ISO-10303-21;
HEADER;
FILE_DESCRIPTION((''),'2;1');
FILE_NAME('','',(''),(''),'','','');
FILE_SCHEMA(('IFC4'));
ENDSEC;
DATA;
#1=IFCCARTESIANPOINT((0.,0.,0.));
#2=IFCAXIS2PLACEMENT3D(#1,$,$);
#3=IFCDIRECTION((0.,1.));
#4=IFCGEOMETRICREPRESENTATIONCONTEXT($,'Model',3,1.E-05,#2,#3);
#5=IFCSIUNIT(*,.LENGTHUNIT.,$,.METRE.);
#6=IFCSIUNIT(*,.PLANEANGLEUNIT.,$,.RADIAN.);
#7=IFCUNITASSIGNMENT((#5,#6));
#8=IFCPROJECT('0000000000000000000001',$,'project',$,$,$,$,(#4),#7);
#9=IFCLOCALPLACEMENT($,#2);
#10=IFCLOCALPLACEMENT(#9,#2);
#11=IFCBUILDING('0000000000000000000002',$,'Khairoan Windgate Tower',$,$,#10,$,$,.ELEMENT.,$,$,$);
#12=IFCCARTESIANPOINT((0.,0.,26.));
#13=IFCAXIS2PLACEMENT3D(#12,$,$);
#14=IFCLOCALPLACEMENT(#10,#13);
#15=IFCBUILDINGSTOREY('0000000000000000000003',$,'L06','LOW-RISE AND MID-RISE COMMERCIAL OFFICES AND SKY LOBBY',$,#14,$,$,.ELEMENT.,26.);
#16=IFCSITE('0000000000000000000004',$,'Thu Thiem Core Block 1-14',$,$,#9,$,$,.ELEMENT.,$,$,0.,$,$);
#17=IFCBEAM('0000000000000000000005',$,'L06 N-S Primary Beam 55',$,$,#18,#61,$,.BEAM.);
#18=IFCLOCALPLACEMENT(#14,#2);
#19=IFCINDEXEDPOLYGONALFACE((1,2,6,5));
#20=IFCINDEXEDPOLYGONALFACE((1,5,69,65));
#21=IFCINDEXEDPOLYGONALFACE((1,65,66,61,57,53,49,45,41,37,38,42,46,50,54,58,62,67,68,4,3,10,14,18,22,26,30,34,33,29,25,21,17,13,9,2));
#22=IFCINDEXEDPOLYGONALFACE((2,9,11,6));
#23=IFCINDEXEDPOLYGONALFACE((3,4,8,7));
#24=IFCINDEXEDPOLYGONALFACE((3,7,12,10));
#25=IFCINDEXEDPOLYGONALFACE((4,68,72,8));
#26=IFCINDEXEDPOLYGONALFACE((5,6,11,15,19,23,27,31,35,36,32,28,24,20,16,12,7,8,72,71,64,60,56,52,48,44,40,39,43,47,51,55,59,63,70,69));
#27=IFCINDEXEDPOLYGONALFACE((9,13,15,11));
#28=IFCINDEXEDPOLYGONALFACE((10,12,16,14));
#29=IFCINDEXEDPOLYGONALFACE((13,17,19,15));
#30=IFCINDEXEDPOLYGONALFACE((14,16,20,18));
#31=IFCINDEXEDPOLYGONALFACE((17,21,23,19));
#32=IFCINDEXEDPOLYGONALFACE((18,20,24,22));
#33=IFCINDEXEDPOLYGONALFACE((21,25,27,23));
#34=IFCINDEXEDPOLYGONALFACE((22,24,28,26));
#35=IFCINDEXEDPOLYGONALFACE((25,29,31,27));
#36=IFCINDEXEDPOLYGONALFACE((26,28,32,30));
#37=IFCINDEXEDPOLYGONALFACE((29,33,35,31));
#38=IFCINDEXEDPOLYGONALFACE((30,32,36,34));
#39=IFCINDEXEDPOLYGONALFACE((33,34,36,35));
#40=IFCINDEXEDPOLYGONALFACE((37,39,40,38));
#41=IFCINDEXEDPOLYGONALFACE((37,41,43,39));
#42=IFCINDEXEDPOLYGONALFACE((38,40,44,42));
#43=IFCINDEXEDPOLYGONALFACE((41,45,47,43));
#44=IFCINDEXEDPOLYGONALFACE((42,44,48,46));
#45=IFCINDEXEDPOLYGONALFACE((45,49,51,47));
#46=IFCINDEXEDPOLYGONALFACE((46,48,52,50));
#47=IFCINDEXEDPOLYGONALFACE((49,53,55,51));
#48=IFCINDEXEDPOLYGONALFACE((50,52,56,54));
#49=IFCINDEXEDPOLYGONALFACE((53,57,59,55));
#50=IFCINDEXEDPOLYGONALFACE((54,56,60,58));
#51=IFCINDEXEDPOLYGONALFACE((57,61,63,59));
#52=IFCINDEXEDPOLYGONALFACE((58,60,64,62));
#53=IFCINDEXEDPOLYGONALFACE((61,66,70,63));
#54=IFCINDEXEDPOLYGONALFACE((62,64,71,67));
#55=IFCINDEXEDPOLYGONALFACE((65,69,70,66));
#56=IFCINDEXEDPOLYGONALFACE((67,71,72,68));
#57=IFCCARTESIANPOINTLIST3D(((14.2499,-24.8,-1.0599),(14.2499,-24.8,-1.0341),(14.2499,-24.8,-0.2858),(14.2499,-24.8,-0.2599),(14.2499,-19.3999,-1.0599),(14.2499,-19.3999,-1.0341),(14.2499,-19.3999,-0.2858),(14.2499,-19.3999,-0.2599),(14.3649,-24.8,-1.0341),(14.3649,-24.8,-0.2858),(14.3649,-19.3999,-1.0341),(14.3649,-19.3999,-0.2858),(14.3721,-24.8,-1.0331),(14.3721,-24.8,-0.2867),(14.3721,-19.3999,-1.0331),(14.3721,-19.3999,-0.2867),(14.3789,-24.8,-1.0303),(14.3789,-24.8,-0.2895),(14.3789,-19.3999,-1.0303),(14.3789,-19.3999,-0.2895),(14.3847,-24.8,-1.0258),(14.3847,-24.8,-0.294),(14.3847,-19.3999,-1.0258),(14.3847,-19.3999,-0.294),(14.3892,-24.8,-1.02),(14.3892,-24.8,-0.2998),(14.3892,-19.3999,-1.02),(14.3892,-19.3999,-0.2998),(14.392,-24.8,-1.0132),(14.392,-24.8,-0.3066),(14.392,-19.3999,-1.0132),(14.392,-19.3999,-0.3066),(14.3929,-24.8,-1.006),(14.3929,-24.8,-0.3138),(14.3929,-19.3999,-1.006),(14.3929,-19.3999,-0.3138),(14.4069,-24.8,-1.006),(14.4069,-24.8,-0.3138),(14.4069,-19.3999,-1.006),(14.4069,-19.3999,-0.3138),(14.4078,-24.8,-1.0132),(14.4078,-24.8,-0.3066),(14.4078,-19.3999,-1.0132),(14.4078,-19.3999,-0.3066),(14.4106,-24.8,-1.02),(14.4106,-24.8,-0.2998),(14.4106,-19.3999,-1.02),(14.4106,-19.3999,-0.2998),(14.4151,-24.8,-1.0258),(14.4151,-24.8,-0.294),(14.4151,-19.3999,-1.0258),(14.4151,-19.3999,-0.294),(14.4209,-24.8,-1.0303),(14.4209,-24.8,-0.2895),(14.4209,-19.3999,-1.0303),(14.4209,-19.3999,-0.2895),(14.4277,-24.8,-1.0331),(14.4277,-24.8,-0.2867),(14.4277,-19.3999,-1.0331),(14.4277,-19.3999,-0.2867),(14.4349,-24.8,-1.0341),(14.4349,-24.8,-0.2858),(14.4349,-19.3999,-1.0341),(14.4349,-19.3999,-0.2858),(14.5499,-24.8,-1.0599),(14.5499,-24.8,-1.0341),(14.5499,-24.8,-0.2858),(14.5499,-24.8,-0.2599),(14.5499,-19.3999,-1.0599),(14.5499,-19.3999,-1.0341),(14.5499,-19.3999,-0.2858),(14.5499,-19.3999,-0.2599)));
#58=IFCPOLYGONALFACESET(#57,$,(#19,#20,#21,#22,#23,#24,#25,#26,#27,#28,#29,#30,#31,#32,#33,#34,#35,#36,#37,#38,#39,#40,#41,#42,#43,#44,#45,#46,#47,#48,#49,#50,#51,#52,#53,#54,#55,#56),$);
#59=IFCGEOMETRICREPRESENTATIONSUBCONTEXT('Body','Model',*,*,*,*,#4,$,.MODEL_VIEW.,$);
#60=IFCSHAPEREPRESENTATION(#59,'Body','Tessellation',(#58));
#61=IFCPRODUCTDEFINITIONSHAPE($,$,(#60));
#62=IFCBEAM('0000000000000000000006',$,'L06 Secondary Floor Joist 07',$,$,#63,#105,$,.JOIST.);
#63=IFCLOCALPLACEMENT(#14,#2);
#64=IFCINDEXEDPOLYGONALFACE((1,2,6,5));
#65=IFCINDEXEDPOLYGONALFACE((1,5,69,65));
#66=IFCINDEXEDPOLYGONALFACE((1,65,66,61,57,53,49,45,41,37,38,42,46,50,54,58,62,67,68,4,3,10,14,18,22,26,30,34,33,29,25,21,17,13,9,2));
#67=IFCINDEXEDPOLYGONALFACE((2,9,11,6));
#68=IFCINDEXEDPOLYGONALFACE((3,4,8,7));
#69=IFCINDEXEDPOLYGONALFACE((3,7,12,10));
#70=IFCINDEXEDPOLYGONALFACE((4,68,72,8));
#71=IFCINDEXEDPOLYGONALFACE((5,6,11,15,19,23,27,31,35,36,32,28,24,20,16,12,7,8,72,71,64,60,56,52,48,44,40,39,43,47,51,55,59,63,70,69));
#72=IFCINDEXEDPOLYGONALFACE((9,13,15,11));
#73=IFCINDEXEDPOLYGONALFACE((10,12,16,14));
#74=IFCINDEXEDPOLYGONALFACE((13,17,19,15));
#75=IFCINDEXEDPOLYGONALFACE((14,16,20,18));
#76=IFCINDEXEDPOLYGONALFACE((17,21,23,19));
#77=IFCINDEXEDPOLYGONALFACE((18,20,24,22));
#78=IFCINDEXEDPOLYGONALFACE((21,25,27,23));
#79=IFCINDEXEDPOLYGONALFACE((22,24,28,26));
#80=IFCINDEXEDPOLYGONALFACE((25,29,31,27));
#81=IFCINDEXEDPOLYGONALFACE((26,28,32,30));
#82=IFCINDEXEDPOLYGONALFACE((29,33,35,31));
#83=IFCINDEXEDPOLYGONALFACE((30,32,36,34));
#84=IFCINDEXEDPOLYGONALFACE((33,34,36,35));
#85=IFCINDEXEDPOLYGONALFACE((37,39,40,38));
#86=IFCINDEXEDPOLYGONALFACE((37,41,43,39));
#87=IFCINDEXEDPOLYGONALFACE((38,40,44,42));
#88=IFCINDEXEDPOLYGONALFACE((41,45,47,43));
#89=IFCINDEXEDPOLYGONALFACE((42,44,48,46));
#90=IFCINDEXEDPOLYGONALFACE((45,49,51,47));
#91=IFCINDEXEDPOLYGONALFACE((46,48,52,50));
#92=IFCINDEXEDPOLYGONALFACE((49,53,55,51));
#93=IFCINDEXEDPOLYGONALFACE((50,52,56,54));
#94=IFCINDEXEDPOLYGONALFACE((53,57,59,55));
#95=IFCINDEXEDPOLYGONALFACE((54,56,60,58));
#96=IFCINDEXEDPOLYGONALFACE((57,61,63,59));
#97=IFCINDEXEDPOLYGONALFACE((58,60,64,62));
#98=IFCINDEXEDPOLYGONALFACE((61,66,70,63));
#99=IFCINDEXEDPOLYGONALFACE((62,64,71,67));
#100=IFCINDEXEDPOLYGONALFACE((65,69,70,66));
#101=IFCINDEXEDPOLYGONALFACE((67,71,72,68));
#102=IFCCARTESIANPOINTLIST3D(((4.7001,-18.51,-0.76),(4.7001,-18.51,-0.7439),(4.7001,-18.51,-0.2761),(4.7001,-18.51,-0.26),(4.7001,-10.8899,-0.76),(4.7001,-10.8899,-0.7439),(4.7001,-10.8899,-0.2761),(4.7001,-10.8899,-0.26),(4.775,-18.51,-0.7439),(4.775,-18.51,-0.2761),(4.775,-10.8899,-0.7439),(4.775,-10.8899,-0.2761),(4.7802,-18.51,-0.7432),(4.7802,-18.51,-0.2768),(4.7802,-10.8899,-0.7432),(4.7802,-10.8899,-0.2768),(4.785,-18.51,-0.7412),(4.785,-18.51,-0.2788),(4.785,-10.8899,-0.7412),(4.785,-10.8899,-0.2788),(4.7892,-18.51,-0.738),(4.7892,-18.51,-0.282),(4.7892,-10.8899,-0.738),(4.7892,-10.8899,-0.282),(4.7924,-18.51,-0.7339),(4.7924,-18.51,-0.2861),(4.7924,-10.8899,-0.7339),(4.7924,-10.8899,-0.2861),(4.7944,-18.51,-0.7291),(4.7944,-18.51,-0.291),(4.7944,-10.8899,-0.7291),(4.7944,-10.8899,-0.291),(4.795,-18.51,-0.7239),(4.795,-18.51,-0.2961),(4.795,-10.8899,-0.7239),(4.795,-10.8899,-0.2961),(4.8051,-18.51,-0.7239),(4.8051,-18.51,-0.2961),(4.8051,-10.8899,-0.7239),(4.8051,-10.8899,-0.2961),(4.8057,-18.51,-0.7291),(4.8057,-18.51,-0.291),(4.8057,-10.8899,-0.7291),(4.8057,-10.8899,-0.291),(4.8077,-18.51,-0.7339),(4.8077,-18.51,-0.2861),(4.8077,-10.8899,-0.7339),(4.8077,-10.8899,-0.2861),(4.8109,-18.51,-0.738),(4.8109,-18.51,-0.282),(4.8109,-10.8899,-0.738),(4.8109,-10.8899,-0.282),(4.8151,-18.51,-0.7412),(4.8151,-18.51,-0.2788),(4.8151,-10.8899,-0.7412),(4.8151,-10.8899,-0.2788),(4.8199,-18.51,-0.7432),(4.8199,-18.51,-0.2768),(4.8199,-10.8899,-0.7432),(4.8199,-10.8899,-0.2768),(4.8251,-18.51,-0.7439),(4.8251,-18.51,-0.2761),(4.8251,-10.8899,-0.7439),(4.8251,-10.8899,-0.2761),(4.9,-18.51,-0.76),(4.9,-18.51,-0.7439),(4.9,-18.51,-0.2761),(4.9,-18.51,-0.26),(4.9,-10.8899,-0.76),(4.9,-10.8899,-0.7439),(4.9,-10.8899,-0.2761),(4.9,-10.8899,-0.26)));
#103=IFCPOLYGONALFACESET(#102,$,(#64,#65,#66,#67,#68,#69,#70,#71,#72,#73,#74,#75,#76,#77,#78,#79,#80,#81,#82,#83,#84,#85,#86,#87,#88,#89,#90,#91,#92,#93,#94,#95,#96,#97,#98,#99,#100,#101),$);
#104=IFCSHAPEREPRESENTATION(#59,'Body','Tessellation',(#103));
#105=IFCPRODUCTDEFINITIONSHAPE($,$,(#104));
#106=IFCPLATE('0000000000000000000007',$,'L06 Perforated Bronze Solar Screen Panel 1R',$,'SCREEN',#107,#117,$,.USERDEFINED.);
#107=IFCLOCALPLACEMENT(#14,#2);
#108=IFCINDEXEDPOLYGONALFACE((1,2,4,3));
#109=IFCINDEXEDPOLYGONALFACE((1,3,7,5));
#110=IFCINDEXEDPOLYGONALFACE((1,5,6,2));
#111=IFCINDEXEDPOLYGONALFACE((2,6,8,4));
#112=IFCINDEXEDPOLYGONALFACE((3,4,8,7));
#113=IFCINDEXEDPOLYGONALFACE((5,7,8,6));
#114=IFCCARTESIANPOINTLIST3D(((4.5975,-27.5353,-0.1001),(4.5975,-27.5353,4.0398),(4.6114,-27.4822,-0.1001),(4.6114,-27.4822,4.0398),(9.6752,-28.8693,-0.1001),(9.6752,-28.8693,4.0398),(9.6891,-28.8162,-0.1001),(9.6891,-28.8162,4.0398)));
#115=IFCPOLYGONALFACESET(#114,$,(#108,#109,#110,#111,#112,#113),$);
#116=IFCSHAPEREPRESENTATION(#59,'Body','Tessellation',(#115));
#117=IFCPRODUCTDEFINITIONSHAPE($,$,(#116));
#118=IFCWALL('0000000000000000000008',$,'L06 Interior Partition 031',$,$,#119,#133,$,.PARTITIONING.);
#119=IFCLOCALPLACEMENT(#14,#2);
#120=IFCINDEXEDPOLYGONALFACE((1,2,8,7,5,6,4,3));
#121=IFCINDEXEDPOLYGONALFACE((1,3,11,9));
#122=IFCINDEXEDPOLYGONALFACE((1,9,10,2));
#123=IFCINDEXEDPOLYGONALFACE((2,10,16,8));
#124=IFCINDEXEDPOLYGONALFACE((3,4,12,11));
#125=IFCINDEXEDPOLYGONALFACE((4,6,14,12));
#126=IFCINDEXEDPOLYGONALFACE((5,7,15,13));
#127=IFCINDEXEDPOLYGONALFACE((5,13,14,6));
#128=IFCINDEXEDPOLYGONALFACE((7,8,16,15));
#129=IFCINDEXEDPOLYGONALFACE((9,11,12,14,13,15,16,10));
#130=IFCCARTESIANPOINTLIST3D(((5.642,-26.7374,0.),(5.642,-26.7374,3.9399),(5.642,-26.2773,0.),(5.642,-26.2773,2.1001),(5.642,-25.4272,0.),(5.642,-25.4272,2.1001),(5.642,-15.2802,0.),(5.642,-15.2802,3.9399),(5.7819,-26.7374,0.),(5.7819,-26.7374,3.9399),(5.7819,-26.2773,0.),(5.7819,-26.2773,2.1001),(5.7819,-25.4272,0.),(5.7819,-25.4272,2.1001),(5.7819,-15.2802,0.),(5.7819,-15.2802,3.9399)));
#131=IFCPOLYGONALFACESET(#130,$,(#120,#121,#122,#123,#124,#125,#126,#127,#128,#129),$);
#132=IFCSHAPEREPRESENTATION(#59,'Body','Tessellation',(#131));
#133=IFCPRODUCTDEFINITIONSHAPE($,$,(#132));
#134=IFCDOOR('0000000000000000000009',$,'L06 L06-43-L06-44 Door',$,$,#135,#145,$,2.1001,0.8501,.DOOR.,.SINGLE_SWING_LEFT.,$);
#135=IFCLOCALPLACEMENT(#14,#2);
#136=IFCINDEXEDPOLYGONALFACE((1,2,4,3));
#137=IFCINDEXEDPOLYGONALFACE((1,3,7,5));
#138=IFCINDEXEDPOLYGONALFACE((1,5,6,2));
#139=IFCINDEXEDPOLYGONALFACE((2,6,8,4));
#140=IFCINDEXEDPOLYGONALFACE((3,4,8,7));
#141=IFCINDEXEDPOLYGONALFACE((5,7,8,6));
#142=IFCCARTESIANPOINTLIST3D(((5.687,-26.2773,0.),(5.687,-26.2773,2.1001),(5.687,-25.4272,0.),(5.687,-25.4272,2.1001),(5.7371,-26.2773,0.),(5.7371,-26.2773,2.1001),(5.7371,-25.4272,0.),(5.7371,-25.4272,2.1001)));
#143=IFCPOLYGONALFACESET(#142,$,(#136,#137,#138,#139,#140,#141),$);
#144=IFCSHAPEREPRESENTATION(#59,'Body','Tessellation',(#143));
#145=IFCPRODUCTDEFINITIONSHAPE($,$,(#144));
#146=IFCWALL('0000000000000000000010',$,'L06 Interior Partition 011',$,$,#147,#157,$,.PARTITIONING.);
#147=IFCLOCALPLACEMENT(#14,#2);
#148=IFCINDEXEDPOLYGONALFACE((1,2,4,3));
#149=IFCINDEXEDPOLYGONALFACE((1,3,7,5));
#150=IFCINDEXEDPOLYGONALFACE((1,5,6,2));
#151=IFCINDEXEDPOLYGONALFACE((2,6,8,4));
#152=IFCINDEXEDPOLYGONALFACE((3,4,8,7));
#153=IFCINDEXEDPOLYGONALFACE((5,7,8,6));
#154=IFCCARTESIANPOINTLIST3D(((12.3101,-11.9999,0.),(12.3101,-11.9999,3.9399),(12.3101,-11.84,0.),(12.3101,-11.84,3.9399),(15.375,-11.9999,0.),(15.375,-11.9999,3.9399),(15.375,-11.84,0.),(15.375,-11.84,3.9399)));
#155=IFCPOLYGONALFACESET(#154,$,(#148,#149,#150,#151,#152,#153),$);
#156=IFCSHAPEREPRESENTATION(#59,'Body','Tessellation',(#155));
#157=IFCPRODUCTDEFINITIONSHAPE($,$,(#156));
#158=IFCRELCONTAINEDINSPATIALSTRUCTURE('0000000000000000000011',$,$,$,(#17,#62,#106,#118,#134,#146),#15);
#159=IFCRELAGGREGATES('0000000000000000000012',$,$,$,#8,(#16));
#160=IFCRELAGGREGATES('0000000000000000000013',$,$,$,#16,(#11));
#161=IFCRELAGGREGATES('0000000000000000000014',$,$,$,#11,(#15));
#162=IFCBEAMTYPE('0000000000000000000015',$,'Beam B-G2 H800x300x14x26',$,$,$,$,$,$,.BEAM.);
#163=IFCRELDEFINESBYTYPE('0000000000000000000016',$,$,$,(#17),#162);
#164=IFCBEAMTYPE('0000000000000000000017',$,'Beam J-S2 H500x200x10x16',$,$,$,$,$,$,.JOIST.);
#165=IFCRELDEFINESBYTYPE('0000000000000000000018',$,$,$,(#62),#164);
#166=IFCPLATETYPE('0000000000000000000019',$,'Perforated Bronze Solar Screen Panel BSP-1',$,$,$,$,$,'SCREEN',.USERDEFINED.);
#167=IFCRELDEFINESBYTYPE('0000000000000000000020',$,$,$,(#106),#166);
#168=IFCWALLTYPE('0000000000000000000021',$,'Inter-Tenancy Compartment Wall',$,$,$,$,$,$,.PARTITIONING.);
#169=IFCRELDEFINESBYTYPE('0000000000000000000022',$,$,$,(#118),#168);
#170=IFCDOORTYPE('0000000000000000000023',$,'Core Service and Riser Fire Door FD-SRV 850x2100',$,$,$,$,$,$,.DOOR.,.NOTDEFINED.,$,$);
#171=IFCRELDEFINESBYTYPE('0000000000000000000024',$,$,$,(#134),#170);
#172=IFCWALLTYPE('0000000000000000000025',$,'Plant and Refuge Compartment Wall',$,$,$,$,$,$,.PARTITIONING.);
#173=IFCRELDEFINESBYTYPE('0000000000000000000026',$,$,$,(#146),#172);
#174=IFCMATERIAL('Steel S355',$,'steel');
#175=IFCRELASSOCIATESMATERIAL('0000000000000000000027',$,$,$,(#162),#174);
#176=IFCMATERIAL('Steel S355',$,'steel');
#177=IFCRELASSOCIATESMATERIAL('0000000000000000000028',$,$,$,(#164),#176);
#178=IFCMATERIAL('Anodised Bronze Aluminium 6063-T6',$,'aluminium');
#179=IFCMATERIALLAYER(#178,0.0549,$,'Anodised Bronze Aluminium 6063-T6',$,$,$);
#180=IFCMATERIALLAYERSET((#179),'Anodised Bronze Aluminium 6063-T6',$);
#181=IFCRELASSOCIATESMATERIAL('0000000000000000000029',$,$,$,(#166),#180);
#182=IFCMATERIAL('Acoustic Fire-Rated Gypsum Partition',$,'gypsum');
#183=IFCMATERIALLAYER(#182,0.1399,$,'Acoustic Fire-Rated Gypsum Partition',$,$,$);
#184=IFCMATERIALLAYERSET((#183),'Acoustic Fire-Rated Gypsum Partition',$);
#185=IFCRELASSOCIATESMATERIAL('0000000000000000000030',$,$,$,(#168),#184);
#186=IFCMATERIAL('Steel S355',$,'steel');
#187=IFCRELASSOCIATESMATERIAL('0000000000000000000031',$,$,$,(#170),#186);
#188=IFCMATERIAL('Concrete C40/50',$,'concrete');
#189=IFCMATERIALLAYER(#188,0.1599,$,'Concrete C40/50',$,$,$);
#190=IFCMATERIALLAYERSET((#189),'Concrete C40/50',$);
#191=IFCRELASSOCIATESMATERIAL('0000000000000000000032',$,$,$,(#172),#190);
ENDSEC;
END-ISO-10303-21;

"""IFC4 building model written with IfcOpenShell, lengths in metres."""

from ifc_helpers import new_model, si_unit, direction, frame, frame_2d, origin, origin_2d, place, context, subcontext, project, spatial, rectangle, i_section, extrude, material, layer, layer_set, material_profile, profile_set, type_object, element, fill, save


model = new_model("IFC4")

# Units and contexts
model_context = context("Model", 3, precision=1e-05, world=origin(), true_north=direction((0.0, 1.0)))
body_context = subcontext(model_context, "Body", "Model", "MODEL_VIEW")
ifc_project = project(units=[si_unit("LENGTHUNIT", "METRE"), si_unit("PLANEANGLEUNIT", "RADIAN")], contexts=[model_context])

# Site, building, storey
site_placement = place(None, origin())
site = spatial("IfcSite", under=ifc_project, at=site_placement, Name="Thu Thiem Core Block 1-14", CompositionType="ELEMENT", RefElevation=0.0)
building_placement = place(site_placement, origin())
building = spatial("IfcBuilding", under=site, at=building_placement, Name="Khairoan Windgate Tower", CompositionType="ELEMENT")
storey_placement = place(building_placement, frame((0.0, 0.0, 26.0)))
storey = spatial("IfcBuildingStorey", under=building, at=storey_placement, Name="L06", Description="LOW-RISE AND MID-RISE COMMERCIAL OFFICES AND SKY LOBBY", CompositionType="ELEMENT", Elevation=26.0)

# Beams
ifc_material_1 = material(Name="Steel S355", Category="steel")
ifc_material_profile_1 = material_profile(ifc_material_1, i_section(OverallWidth=0.3, OverallDepth=0.8, WebThickness=0.0139, FlangeThickness=0.0259, FilletRadius=0.0281, at=origin_2d()))
ifc_profile_set_1 = profile_set([ifc_material_profile_1], Name="Steel S355")
beam_type_1 = type_object("IfcBeamType", Name="Beam B-G2 H800x300x14x26", PredefinedType="BEAM", material=ifc_profile_set_1)
beam_1_placement = place(storey_placement, frame((14.3999, -24.8, -0.6599), z_axis=(0.0, 1.0, 0.0), x_axis=(-1.0, 0.0, 0.0)))
element("IfcBeam", 1, at=beam_1_placement, inside=storey, type_object=beam_type_1, Name="L06 N-S Primary Beam 55", PredefinedType="BEAM", context=body_context, shape_type="SweptSolid", body=[
    extrude(i_section(OverallWidth=0.3, OverallDepth=0.8, WebThickness=0.0139, FlangeThickness=0.0259, FilletRadius=0.0281, at=origin_2d()), origin(), (0.0, 0.0, 1.0), 5.4001),
])
ifc_material_2 = material(Name="Steel S355", Category="steel")
ifc_material_profile_2 = material_profile(ifc_material_2, i_section(OverallWidth=0.2, OverallDepth=0.5, WebThickness=0.01, FlangeThickness=0.0161, FilletRadius=0.02, at=origin_2d()))
ifc_profile_set_2 = profile_set([ifc_material_profile_2], Name="Steel S355")
beam_type_2 = type_object("IfcBeamType", Name="Beam J-S2 H500x200x10x16", PredefinedType="JOIST", material=ifc_profile_set_2)
beam_2_placement = place(storey_placement, frame((4.8, -18.51, -0.51), z_axis=(0.0, 1.0, 0.0), x_axis=(-1.0, 0.0, 0.0)))
element("IfcBeam", 2, at=beam_2_placement, inside=storey, type_object=beam_type_2, Name="L06 Secondary Floor Joist 07", PredefinedType="JOIST", context=body_context, shape_type="SweptSolid", body=[
    extrude(i_section(OverallWidth=0.2, OverallDepth=0.5, WebThickness=0.01, FlangeThickness=0.0161, FilletRadius=0.02, at=origin_2d()), origin(), (0.0, 0.0, 1.0), 7.6201),
])

# Plate
ifc_material_3 = material(Name="Anodised Bronze Aluminium 6063-T6", Category="aluminium")
ifc_layer_1 = layer(ifc_material_3, 0.0549, Name="Anodised Bronze Aluminium 6063-T6")
ifc_layer_set_1 = layer_set([ifc_layer_1], Name="Anodised Bronze Aluminium 6063-T6")
plate_type = type_object("IfcPlateType", Name="Perforated Bronze Solar Screen Panel BSP-1", ElementType="SCREEN", PredefinedType="USERDEFINED", material=ifc_layer_set_1)
plate_placement = place(storey_placement, frame((7.1433, -28.1758, -0.1001), z_axis=(0.0, 0.0, 1.0), x_axis=(-0.967179, 0.254096, 0.0)))
element("IfcPlate", 3, at=plate_placement, inside=storey, type_object=plate_type, Name="L06 Perforated Bronze Solar Screen Panel 1R", ObjectType="SCREEN", PredefinedType="USERDEFINED", context=body_context, shape_type="SweptSolid", body=[
    extrude(rectangle(XDim=5.25, YDim=0.0549, at=origin_2d()), origin(), (0.0, 0.0, 1.0), 4.1399),
])

# Wall, opening, door
ifc_material_4 = material(Name="Acoustic Fire-Rated Gypsum Partition", Category="gypsum")
ifc_layer_2 = layer(ifc_material_4, 0.1399, Name="Acoustic Fire-Rated Gypsum Partition")
ifc_layer_set_2 = layer_set([ifc_layer_2], Name="Acoustic Fire-Rated Gypsum Partition")
wall_type_1 = type_object("IfcWallType", Name="Inter-Tenancy Compartment Wall", PredefinedType="PARTITIONING", material=ifc_layer_set_2)
wall_1_placement = place(storey_placement, frame((5.7119, -26.7373, 0.0), z_axis=(0.0, 0.0, 1.0), x_axis=(0.0, 1.0, 0.0)))
wall_1 = element("IfcWall", 4, at=wall_1_placement, inside=storey, type_object=wall_type_1, Name="L06 Interior Partition 031", PredefinedType="PARTITIONING", context=body_context, shape_type="SweptSolid", body=[
    extrude(rectangle(XDim=11.4573, YDim=0.1399, at=frame_2d((5.7285, 0.0))), origin(), (0.0, 0.0, 1.0), 3.9399),
])
opening_1_placement = place(wall_1_placement, frame((0.46, 0.0, 0.0)))
opening_1 = element("IfcOpeningElement", 5, at=opening_1_placement, cuts=wall_1, PredefinedType="OPENING", context=body_context, shape_type="SweptSolid", body=[
    extrude(rectangle(XDim=0.8501, YDim=2.1001, at=frame_2d((0.425, 1.05))), frame((0.0, 0.0798, 0.0), z_axis=(0.0, -1.0, 0.0), x_axis=(1.0, 0.0, 0.0)), (0.0, 0.0, 1.0), 0.1599),
])
ifc_material_5 = material(Name="Steel S355", Category="steel")
door_type_1 = type_object("IfcDoorType", Name="Core Service and Riser Fire Door FD-SRV 850x2100", OperationType="NOTDEFINED", PredefinedType="DOOR", material=ifc_material_5)
door_1_placement = place(opening_1_placement, origin())
door_1 = element("IfcDoor", 6, at=door_1_placement, inside=storey, type_object=door_type_1, Name="L06 L06-43-L06-44 Door", OperationType="SINGLE_SWING_LEFT", OverallHeight=2.1001, OverallWidth=0.8501, PredefinedType="DOOR", context=body_context, shape_type="SweptSolid", body=[
    extrude(rectangle(XDim=0.8501, YDim=2.1001, at=frame_2d((0.425, 1.05))), frame((0.0, 0.0249, 0.0), z_axis=(0.0, -1.0, 0.0), x_axis=(1.0, 0.0, 0.0)), (0.0, 0.0, 1.0), 0.05),
])
fill(opening_1, door_1)

# Wall
ifc_material_6 = material(Name="Concrete C40/50", Category="concrete")
ifc_layer_3 = layer(ifc_material_6, 0.1599, Name="Concrete C40/50")
ifc_layer_set_3 = layer_set([ifc_layer_3], Name="Concrete C40/50")
wall_type_2 = type_object("IfcWallType", Name="Plant and Refuge Compartment Wall", PredefinedType="PARTITIONING", material=ifc_layer_set_3)
wall_2_placement = place(storey_placement, frame((12.3101, -11.9199, 0.0), z_axis=(0.0, 0.0, 1.0), x_axis=(1.0, 0.0, 0.0)))
element("IfcWall", 7, at=wall_2_placement, inside=storey, type_object=wall_type_2, Name="L06 Interior Partition 011", PredefinedType="PARTITIONING", context=body_context, shape_type="SweptSolid", body=[
    extrude(rectangle(XDim=3.0649, YDim=0.1599, at=frame_2d((1.5325, 0.0))), origin(), (0.0, 0.0, 1.0), 3.9399),
])

save(model, "model.ifc")
